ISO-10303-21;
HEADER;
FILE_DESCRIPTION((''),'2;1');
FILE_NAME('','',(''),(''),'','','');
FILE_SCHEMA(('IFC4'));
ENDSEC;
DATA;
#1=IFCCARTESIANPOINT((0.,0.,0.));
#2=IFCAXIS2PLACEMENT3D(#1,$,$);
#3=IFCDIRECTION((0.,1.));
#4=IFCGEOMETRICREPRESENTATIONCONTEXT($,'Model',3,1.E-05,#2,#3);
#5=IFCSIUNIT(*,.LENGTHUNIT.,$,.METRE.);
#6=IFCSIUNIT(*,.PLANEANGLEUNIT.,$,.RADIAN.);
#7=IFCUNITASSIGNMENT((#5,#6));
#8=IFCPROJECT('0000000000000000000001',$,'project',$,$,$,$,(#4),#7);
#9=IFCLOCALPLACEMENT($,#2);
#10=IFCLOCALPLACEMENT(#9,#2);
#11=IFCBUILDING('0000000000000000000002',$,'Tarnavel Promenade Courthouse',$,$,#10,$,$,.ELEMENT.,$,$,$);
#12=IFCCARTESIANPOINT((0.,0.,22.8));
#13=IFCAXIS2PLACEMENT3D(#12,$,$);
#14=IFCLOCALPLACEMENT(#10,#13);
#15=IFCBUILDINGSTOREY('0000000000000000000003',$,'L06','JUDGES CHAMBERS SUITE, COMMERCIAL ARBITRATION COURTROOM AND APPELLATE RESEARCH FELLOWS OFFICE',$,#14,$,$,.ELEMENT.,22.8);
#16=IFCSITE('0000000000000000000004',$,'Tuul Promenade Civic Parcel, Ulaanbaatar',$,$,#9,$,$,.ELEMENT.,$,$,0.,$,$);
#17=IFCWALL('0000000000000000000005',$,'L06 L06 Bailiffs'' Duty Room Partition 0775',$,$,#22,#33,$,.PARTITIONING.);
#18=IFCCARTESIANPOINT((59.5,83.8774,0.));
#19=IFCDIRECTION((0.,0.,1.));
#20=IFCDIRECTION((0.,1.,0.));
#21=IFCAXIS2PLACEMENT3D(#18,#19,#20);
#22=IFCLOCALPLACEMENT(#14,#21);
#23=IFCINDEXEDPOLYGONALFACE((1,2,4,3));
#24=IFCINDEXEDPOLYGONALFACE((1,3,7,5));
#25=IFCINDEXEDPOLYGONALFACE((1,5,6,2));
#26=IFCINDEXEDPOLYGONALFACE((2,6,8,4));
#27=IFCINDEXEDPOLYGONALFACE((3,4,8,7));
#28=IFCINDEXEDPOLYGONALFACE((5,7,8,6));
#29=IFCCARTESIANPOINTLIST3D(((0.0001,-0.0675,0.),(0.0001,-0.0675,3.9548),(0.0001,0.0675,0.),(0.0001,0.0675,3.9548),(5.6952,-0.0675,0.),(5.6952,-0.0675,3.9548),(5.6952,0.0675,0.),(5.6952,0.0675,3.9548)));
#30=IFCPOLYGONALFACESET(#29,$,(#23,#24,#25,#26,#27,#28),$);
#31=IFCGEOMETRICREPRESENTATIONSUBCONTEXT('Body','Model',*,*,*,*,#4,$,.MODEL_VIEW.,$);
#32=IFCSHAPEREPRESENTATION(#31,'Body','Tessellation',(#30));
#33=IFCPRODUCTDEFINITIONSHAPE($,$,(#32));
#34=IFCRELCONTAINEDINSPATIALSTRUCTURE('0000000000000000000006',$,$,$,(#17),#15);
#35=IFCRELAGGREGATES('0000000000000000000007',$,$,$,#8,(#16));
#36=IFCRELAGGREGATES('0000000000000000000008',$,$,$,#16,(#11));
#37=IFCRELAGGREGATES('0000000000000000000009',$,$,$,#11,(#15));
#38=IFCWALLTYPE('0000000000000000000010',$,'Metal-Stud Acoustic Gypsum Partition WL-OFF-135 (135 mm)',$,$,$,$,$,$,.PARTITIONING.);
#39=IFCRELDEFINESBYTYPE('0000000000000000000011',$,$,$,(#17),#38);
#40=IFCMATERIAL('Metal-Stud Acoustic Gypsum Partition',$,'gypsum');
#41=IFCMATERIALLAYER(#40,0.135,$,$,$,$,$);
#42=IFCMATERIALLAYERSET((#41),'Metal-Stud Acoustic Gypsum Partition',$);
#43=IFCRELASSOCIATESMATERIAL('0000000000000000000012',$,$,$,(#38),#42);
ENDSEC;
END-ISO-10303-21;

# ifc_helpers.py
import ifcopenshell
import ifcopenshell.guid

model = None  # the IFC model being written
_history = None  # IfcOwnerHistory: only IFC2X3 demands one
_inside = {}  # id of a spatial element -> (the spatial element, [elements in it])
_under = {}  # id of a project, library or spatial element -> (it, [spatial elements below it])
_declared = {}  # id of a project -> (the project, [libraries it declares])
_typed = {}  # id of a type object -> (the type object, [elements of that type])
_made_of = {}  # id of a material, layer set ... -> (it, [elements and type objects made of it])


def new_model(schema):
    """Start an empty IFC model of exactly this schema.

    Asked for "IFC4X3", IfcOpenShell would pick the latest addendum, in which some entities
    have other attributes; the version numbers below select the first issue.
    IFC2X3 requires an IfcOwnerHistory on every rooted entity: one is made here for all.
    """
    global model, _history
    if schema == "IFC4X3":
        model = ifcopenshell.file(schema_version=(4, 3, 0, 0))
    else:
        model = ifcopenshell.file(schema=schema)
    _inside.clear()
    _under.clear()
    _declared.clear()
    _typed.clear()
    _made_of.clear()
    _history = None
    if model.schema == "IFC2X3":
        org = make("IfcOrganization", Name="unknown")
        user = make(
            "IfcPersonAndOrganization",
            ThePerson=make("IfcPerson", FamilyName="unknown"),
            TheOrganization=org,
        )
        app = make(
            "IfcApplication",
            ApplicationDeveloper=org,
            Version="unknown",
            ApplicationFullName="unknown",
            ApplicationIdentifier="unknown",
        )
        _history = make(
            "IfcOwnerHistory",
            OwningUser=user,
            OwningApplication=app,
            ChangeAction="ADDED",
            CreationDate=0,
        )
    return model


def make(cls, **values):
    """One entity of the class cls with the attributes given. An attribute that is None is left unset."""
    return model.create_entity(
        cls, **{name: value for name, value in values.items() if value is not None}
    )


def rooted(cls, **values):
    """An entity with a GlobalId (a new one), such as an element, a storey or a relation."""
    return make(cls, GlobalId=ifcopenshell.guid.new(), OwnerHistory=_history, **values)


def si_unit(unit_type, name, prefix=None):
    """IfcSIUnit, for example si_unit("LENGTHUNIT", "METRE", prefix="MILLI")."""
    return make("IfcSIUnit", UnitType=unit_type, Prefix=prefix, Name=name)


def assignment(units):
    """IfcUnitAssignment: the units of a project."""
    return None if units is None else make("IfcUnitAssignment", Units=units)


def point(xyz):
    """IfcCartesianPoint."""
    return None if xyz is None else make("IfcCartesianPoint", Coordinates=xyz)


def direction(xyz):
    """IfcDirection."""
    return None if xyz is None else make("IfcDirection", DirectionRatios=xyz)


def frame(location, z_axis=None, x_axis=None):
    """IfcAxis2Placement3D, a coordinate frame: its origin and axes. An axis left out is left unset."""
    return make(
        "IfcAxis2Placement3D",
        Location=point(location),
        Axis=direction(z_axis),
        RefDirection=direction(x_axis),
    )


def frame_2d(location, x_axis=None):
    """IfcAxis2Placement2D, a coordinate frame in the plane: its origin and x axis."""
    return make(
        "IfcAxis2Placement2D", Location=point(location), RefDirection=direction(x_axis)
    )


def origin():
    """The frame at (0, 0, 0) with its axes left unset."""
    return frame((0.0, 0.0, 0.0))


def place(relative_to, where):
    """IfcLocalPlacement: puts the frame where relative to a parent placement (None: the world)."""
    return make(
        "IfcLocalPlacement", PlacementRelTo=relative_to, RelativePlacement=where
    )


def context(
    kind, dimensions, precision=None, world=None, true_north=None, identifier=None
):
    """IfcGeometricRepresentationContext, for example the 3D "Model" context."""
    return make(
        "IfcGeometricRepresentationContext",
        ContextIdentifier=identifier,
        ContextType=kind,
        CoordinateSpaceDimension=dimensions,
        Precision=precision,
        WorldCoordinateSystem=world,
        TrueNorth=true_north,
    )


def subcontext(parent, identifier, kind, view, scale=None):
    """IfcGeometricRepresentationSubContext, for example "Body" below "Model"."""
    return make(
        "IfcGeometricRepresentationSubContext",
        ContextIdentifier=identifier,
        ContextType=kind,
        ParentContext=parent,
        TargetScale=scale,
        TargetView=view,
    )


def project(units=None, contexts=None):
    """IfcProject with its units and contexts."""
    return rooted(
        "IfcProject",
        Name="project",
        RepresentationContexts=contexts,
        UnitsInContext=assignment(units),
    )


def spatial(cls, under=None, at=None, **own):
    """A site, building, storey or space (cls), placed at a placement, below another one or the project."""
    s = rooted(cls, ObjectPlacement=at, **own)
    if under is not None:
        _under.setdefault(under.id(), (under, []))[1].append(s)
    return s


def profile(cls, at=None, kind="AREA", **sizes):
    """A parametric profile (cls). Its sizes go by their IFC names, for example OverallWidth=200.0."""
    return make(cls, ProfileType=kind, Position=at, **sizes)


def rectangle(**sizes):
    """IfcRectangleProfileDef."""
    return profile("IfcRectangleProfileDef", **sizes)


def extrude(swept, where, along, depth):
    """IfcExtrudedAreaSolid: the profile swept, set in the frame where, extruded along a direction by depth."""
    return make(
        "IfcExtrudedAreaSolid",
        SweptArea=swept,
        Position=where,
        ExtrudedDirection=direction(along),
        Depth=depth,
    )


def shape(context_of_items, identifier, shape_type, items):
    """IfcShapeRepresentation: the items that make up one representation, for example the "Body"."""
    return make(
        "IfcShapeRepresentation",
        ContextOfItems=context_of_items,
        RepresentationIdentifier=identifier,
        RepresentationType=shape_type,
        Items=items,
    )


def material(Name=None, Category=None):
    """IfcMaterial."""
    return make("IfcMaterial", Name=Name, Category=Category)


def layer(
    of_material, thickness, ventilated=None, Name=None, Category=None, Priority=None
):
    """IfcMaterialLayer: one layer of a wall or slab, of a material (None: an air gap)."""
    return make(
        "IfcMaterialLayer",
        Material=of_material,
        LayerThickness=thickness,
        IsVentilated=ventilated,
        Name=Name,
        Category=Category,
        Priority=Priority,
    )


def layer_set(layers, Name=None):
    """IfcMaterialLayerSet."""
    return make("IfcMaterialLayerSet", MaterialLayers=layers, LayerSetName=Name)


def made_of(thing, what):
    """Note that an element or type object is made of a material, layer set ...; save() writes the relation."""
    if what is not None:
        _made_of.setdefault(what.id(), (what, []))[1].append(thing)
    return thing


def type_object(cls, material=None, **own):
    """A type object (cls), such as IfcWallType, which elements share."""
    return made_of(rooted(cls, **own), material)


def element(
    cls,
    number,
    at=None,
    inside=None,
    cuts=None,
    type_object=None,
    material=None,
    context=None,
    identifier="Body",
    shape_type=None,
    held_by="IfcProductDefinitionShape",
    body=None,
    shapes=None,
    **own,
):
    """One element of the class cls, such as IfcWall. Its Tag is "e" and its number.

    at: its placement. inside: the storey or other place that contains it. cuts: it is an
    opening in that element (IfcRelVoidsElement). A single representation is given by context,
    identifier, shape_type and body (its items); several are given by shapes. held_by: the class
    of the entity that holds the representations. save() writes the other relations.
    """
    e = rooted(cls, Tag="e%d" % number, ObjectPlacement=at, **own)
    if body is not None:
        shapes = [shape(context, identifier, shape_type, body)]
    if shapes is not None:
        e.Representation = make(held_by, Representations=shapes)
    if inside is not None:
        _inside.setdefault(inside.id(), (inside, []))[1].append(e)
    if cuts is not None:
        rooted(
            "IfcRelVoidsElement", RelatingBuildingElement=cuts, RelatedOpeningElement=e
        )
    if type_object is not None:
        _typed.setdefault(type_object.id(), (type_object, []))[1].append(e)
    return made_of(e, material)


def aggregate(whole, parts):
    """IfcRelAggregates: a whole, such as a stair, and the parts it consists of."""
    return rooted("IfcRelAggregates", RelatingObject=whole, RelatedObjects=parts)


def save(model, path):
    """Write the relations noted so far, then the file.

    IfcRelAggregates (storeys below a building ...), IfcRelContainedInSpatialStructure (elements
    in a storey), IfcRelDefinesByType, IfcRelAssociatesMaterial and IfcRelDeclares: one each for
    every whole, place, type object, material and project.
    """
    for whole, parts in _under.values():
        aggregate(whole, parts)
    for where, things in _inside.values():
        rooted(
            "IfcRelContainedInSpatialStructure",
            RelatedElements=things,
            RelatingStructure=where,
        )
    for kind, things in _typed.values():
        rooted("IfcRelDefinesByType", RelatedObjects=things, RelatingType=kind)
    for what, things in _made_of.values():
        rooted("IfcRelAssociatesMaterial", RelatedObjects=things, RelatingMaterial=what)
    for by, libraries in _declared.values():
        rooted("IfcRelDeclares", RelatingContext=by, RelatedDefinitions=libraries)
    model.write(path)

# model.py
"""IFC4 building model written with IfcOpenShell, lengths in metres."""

from ifc_helpers import new_model, si_unit, direction, frame, frame_2d, origin, place, context, subcontext, project, spatial, rectangle, extrude, material, layer, layer_set, type_object, element, save


model = new_model("IFC4")

# Units and contexts
model_context = context("Model", 3, precision=1e-05, world=origin(), true_north=direction((0.0, 1.0)))
body_context = subcontext(model_context, "Body", "Model", "MODEL_VIEW")
ifc_project = project(units=[si_unit("LENGTHUNIT", "METRE"), si_unit("PLANEANGLEUNIT", "RADIAN")], contexts=[model_context])

# Site, building, storey
site_placement = place(None, origin())
site = spatial("IfcSite", under=ifc_project, at=site_placement, Name="Tuul Promenade Civic Parcel, Ulaanbaatar", CompositionType="ELEMENT", RefElevation=0.0)
building_placement = place(site_placement, origin())
building = spatial("IfcBuilding", under=site, at=building_placement, Name="Tarnavel Promenade Courthouse", CompositionType="ELEMENT")
storey_placement = place(building_placement, frame((0.0, 0.0, 22.8)))
storey = spatial("IfcBuildingStorey", under=building, at=storey_placement, Name="L06", Description="JUDGES CHAMBERS SUITE, COMMERCIAL ARBITRATION COURTROOM AND APPELLATE RESEARCH FELLOWS OFFICE", CompositionType="ELEMENT", Elevation=22.8)

# Wall
ifc_material_1 = material(Name="Metal-Stud Acoustic Gypsum Partition", Category="gypsum")
ifc_layer_1 = layer(ifc_material_1, 0.135)
ifc_layer_set_1 = layer_set([ifc_layer_1], Name="Metal-Stud Acoustic Gypsum Partition")
wall_type_1 = type_object("IfcWallType", Name="Metal-Stud Acoustic Gypsum Partition WL-OFF-135 (135 mm)", PredefinedType="PARTITIONING", material=ifc_layer_set_1)
wall_1_placement = place(storey_placement, frame((59.5, 83.8774, 0.0), z_axis=(0.0, 0.0, 1.0), x_axis=(0.0, 1.0, 0.0)))
element("IfcWall", 1, at=wall_1_placement, inside=storey, type_object=wall_type_1, Name="L06 L06 Bailiffs' Duty Room Partition 0775", PredefinedType="PARTITIONING", context=body_context, shape_type="SweptSolid", body=[
    extrude(rectangle(XDim=5.6951, YDim=0.135, at=frame_2d((2.8477, 0.0))), origin(), (0.0, 0.0, 1.0), 3.9548),
])

save(model, "model.ifc")
